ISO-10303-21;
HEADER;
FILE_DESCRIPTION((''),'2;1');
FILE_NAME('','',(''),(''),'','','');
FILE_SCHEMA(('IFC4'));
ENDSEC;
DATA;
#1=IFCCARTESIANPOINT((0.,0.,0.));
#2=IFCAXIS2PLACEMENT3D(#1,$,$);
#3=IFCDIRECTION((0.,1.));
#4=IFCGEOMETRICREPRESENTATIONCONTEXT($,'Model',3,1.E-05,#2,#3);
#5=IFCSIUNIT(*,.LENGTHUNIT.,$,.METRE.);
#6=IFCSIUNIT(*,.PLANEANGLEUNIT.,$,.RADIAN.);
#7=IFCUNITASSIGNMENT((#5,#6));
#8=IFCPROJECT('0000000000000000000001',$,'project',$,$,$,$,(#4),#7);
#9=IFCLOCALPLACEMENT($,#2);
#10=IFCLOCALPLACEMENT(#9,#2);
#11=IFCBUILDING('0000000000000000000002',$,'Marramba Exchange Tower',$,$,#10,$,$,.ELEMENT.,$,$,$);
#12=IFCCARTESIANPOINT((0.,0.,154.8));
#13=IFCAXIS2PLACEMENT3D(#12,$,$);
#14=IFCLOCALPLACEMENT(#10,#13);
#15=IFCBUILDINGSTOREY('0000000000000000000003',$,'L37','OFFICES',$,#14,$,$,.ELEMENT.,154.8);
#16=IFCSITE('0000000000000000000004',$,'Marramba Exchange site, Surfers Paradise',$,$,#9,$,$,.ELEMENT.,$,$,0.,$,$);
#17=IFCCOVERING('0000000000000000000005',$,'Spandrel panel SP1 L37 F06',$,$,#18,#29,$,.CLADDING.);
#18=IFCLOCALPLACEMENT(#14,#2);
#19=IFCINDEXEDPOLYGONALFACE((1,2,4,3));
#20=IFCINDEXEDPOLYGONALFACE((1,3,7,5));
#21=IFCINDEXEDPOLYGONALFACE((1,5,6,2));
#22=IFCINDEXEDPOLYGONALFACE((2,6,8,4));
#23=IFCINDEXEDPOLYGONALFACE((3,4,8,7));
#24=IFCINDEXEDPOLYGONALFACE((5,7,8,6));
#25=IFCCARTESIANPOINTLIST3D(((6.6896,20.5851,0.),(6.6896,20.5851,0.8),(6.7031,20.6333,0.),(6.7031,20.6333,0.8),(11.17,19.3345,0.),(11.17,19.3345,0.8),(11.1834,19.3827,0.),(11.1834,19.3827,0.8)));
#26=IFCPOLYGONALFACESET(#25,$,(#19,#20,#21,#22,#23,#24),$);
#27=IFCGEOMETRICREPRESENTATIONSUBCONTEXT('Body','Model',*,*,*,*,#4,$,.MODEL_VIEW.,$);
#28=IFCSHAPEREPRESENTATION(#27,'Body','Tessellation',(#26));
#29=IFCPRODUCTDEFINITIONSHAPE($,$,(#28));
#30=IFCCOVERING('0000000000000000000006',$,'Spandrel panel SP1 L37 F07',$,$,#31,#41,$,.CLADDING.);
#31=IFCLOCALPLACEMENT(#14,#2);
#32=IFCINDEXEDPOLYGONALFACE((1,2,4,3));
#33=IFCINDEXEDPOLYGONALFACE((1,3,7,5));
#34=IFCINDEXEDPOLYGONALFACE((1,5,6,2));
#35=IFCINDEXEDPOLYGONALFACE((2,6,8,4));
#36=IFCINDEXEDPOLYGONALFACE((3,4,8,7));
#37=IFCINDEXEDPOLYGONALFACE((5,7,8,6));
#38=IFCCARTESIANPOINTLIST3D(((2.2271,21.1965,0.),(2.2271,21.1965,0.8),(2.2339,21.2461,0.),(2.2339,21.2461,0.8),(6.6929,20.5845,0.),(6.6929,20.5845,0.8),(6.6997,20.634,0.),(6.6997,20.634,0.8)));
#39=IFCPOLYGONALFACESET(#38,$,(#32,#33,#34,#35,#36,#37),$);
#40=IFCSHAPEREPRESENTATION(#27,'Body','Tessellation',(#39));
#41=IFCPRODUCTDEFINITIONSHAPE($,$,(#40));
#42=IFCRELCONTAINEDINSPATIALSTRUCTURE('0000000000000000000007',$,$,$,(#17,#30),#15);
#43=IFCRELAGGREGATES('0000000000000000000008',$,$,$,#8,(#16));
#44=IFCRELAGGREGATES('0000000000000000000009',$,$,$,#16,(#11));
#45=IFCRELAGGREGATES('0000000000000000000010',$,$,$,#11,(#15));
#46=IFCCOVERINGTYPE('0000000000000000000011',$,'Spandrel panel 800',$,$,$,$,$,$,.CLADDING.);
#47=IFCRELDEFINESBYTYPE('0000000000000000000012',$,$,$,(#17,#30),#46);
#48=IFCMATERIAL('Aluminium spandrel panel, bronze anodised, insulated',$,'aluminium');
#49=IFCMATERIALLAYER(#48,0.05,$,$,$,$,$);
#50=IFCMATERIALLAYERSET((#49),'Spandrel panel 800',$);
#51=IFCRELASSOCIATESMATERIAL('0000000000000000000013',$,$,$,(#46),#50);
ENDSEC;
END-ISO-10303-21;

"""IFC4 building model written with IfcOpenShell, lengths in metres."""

from ifc_helpers import new_model, si_unit, direction, frame, origin, origin_2d, place, context, subcontext, project, spatial, rectangle, extrude, material, layer, layer_set, type_object, element, save


model = new_model("IFC4")

# Units and contexts
model_context = context("Model", 3, precision=1e-05, world=origin(), true_north=direction((0.0, 1.0)))
body_context = subcontext(model_context, "Body", "Model", "MODEL_VIEW")
ifc_project = project(units=[si_unit("LENGTHUNIT", "METRE"), si_unit("PLANEANGLEUNIT", "RADIAN")], contexts=[model_context])

# Site, building, storey
site_placement = place(None, origin())
site = spatial("IfcSite", under=ifc_project, at=site_placement, Name="Marramba Exchange site, Surfers Paradise", CompositionType="ELEMENT", RefElevation=0.0)
building_placement = place(site_placement, origin())
building = spatial("IfcBuilding", under=site, at=building_placement, Name="Marramba Exchange Tower", CompositionType="ELEMENT")
storey_placement = place(building_placement, frame((0.0, 0.0, 154.8)))
storey = spatial("IfcBuildingStorey", under=building, at=storey_placement, Name="L37", Description="OFFICES", CompositionType="ELEMENT", Elevation=154.8)

# Coverings
ifc_material_1 = material(Name="Aluminium spandrel panel, bronze anodised, insulated", Category="aluminium")
ifc_layer_1 = layer(ifc_material_1, 0.05)
ifc_layer_set_1 = layer_set([ifc_layer_1], Name="Spandrel panel 800")
covering_type = type_object("IfcCoveringType", Name="Spandrel panel 800", PredefinedType="CLADDING", material=ifc_layer_set_1)
covering_1_placement = place(storey_placement, frame((8.9365, 19.9839, 0.0), z_axis=(0.0, 0.0, 1.0), x_axis=(-0.963178, 0.268865, 0.0)))
element("IfcCovering", 1, at=covering_1_placement, inside=storey, type_object=covering_type, Name="Spandrel panel SP1 L37 F06", PredefinedType="CLADDING", context=body_context, shape_type="SweptSolid", body=[
    extrude(rectangle(XDim=4.6516, YDim=0.05, at=origin_2d()), origin(), (0.0, 0.0, 1.0), 0.8),
])
covering_2_placement = place(storey_placement, frame((4.4634, 20.9153, 0.0), z_axis=(0.0, 0.0, 1.0), x_axis=(-0.990738, 0.135786, 0.0)))
element("IfcCovering", 2, at=covering_2_placement, inside=storey, type_object=covering_type, Name="Spandrel panel SP1 L37 F07", PredefinedType="CLADDING", context=body_context, shape_type="SweptSolid", body=[
    extrude(rectangle(XDim=4.5076, YDim=0.05, at=origin_2d()), origin(), (0.0, 0.0, 1.0), 0.8),
])

save(model, "model.ifc")
